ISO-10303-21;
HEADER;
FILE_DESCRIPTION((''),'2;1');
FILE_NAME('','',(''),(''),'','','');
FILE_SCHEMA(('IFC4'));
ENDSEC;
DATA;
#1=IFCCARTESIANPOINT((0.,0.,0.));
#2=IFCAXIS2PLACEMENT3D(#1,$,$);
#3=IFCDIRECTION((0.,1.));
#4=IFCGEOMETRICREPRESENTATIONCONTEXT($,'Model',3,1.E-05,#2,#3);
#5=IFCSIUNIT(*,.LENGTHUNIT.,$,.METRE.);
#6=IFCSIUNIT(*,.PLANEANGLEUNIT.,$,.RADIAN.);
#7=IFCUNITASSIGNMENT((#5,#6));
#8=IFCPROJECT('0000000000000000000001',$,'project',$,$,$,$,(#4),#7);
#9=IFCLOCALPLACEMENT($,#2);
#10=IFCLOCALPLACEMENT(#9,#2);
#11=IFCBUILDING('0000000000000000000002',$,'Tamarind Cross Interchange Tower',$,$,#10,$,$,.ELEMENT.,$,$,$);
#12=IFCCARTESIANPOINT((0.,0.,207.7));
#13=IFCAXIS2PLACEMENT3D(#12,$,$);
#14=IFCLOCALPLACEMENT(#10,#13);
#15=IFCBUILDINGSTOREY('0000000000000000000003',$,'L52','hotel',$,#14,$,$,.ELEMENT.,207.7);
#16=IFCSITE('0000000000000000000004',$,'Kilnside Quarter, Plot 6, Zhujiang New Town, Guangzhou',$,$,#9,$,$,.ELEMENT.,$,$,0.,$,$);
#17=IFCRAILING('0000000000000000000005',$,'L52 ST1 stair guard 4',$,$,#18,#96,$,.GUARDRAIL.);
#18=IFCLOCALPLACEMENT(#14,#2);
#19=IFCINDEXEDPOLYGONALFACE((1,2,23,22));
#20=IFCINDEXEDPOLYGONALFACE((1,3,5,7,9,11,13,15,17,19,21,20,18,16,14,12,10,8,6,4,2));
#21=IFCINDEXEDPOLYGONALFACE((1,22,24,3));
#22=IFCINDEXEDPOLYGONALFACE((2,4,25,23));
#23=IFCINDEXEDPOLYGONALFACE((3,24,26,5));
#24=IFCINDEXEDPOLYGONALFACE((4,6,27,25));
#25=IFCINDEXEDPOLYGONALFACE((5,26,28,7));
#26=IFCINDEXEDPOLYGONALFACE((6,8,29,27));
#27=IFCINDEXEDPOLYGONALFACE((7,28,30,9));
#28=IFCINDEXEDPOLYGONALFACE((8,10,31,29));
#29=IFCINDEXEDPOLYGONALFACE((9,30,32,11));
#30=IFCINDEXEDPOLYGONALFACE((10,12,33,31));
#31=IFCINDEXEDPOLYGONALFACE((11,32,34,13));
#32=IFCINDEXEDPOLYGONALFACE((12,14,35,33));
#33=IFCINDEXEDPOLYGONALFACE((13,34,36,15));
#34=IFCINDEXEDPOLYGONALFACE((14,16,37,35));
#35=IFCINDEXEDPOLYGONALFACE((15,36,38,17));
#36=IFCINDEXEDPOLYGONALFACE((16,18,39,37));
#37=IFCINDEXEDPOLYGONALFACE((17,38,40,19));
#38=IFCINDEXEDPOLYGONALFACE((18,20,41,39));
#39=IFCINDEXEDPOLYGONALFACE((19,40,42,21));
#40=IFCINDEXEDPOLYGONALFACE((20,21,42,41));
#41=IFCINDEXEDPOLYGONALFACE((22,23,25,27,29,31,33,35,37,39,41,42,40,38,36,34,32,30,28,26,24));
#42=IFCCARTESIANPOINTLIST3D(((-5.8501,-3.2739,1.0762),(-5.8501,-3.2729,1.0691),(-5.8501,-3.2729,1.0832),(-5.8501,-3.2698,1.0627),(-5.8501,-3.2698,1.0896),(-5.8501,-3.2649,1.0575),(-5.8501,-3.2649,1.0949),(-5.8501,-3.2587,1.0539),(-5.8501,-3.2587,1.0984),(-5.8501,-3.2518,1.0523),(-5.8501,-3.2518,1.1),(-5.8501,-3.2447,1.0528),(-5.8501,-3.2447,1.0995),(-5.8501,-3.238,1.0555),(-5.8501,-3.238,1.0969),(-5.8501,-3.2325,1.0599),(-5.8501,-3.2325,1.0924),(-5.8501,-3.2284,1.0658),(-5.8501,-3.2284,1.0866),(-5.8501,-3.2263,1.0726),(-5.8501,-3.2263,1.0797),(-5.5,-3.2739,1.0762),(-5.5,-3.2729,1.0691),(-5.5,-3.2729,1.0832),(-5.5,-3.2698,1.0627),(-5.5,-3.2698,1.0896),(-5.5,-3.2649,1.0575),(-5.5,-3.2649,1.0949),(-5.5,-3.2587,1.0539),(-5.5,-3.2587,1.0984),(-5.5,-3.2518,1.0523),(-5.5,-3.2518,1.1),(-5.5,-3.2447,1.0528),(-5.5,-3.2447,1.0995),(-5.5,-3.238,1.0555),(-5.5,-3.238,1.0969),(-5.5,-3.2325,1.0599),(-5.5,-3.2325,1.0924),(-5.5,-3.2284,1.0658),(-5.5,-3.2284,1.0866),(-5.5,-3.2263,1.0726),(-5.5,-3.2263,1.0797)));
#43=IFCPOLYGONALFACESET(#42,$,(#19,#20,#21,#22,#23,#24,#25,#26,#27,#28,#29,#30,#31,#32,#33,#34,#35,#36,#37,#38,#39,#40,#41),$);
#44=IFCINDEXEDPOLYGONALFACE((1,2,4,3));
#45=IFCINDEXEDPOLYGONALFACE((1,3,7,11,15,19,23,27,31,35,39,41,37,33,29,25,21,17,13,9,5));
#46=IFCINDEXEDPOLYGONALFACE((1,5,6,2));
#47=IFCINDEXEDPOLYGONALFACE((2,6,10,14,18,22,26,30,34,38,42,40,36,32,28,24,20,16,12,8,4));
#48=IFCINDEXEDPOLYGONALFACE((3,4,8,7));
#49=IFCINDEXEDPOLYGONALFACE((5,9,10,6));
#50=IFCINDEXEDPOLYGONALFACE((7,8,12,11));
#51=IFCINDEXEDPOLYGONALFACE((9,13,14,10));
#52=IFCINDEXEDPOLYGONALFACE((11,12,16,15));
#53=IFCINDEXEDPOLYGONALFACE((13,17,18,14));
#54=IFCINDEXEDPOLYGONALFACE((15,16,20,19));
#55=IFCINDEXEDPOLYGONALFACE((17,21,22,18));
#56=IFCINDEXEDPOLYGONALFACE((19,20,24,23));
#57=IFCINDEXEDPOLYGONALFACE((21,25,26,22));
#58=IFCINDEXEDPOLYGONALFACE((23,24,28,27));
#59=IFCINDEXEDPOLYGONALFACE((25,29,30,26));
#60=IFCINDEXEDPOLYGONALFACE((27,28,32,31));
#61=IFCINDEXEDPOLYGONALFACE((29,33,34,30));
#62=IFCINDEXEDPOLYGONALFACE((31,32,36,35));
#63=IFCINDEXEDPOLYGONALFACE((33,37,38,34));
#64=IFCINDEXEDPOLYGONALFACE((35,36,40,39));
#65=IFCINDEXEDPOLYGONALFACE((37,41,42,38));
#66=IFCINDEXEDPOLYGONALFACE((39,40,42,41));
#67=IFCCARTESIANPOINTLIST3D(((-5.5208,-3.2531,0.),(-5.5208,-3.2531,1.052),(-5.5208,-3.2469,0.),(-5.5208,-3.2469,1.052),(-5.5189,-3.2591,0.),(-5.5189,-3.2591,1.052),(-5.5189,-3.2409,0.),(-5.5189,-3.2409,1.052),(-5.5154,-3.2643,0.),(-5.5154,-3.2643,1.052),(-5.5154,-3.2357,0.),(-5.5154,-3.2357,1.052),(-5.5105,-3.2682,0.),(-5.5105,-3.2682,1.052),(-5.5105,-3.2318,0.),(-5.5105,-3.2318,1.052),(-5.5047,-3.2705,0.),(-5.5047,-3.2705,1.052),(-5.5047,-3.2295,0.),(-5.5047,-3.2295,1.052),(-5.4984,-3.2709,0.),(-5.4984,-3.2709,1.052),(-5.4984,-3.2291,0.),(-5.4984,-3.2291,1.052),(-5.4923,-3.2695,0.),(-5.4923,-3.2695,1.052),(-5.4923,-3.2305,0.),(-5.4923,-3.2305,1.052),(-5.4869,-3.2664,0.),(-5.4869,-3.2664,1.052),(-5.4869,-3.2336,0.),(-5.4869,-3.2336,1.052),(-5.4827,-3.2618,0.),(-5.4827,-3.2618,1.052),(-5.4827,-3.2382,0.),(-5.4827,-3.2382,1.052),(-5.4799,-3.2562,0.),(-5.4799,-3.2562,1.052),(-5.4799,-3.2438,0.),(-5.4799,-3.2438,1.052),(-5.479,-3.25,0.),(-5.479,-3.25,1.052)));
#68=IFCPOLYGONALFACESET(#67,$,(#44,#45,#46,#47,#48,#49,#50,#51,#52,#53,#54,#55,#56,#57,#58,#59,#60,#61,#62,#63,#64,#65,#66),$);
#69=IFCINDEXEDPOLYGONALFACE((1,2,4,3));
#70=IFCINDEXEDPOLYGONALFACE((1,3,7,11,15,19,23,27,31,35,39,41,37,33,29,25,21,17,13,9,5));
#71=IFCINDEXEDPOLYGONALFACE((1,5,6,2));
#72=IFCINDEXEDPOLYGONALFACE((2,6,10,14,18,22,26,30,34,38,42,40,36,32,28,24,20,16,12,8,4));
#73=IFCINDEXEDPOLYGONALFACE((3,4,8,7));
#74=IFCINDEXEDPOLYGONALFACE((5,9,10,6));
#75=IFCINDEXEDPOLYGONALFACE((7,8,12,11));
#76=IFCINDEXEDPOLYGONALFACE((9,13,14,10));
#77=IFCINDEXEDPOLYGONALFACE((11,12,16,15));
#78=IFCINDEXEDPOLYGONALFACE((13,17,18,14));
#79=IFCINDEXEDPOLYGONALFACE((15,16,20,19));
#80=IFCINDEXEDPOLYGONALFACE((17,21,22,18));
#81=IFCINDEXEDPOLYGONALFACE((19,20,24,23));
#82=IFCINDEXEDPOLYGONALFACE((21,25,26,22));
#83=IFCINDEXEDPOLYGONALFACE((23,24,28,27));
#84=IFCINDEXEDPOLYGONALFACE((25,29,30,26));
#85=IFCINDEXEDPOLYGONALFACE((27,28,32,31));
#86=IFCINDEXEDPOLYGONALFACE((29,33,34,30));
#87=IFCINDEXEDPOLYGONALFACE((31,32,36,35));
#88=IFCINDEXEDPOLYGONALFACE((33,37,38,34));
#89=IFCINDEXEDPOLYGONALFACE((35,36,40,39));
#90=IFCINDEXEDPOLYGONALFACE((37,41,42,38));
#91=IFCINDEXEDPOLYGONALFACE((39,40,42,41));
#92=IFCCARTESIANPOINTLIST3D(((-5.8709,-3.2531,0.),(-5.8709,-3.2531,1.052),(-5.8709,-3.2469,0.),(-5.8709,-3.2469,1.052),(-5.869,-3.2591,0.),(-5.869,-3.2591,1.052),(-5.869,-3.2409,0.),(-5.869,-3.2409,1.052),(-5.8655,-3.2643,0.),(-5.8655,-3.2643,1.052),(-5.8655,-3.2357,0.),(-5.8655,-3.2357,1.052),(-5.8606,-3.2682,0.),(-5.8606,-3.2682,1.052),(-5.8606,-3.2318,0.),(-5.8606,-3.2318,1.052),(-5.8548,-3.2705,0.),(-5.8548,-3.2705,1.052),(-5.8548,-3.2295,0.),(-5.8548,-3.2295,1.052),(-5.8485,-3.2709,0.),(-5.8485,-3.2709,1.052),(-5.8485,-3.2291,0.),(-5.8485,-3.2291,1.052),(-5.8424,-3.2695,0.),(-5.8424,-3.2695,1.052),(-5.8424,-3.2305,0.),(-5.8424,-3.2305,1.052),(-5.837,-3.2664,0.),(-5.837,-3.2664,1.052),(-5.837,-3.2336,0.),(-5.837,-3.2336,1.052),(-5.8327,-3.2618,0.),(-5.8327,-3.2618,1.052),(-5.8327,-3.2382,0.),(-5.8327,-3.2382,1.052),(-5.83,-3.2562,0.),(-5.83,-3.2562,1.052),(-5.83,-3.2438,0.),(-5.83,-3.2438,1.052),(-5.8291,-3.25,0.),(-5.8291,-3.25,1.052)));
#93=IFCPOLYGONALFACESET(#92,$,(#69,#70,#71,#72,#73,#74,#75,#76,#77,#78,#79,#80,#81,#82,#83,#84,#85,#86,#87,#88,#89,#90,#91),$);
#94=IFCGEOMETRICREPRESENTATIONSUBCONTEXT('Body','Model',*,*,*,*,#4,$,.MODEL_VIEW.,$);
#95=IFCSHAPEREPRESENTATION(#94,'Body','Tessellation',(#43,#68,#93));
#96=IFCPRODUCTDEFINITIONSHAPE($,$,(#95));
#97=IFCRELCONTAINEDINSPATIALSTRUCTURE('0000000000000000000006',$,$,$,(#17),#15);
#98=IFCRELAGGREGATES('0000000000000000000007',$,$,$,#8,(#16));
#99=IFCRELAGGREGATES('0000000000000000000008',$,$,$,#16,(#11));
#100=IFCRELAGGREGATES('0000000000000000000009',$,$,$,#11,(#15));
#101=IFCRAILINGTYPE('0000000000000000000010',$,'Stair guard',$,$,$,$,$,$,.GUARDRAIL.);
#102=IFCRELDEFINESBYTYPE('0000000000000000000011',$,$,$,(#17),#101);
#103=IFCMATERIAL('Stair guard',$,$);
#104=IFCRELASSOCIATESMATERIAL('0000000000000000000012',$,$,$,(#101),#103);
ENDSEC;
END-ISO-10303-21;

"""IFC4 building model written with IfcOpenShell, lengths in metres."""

from ifc_helpers import new_model, si_unit, direction, frame, origin, origin_2d, place, context, subcontext, project, spatial, circle, extrude, material, type_object, element, save


model = new_model("IFC4")

# Units and contexts
model_context = context("Model", 3, precision=1e-05, world=origin(), true_north=direction((0.0, 1.0)))
body_context = subcontext(model_context, "Body", "Model", "MODEL_VIEW")
ifc_project = project(units=[si_unit("LENGTHUNIT", "METRE"), si_unit("PLANEANGLEUNIT", "RADIAN")], contexts=[model_context])

# Site, building, storey
site_placement = place(None, origin())
site = spatial("IfcSite", under=ifc_project, at=site_placement, Name="Kilnside Quarter, Plot 6, Zhujiang New Town, Guangzhou", CompositionType="ELEMENT", RefElevation=0.0)
building_placement = place(site_placement, origin())
building = spatial("IfcBuilding", under=site, at=building_placement, Name="Tamarind Cross Interchange Tower", CompositionType="ELEMENT")
storey_placement = place(building_placement, frame((0.0, 0.0, 207.7)))
storey = spatial("IfcBuildingStorey", under=building, at=storey_placement, Name="L52", Description="hotel", CompositionType="ELEMENT", Elevation=207.7)

# Railing
ifc_material_1 = material(Name="Stair guard")
railing_type_1 = type_object("IfcRailingType", Name="Stair guard", PredefinedType="GUARDRAIL", material=ifc_material_1)
railing_1_placement = place(storey_placement, frame((-5.5, -3.25, 0.0)))
element("IfcRailing", 1, at=railing_1_placement, inside=storey, type_object=railing_type_1, Name="L52 ST1 stair guard 4", PredefinedType="GUARDRAIL", context=body_context, shape_type="SweptSolid", body=[
    extrude(circle(Radius=0.0239, at=origin_2d()), frame((0.0, 0.0, 1.0762), z_axis=(-1.0, 0.0, 0.0), x_axis=(0.0, -1.0, 0.0)), (0.0, 0.0, 1.0), 0.3501),
    extrude(circle(Radius=0.021, at=origin_2d()), origin(), (0.0, 0.0, 1.0), 1.052),
    extrude(circle(Radius=0.021, at=origin_2d()), frame((-0.3501, 0.0, 0.0)), (0.0, 0.0, 1.0), 1.052),
])

save(model, "model.ifc")
